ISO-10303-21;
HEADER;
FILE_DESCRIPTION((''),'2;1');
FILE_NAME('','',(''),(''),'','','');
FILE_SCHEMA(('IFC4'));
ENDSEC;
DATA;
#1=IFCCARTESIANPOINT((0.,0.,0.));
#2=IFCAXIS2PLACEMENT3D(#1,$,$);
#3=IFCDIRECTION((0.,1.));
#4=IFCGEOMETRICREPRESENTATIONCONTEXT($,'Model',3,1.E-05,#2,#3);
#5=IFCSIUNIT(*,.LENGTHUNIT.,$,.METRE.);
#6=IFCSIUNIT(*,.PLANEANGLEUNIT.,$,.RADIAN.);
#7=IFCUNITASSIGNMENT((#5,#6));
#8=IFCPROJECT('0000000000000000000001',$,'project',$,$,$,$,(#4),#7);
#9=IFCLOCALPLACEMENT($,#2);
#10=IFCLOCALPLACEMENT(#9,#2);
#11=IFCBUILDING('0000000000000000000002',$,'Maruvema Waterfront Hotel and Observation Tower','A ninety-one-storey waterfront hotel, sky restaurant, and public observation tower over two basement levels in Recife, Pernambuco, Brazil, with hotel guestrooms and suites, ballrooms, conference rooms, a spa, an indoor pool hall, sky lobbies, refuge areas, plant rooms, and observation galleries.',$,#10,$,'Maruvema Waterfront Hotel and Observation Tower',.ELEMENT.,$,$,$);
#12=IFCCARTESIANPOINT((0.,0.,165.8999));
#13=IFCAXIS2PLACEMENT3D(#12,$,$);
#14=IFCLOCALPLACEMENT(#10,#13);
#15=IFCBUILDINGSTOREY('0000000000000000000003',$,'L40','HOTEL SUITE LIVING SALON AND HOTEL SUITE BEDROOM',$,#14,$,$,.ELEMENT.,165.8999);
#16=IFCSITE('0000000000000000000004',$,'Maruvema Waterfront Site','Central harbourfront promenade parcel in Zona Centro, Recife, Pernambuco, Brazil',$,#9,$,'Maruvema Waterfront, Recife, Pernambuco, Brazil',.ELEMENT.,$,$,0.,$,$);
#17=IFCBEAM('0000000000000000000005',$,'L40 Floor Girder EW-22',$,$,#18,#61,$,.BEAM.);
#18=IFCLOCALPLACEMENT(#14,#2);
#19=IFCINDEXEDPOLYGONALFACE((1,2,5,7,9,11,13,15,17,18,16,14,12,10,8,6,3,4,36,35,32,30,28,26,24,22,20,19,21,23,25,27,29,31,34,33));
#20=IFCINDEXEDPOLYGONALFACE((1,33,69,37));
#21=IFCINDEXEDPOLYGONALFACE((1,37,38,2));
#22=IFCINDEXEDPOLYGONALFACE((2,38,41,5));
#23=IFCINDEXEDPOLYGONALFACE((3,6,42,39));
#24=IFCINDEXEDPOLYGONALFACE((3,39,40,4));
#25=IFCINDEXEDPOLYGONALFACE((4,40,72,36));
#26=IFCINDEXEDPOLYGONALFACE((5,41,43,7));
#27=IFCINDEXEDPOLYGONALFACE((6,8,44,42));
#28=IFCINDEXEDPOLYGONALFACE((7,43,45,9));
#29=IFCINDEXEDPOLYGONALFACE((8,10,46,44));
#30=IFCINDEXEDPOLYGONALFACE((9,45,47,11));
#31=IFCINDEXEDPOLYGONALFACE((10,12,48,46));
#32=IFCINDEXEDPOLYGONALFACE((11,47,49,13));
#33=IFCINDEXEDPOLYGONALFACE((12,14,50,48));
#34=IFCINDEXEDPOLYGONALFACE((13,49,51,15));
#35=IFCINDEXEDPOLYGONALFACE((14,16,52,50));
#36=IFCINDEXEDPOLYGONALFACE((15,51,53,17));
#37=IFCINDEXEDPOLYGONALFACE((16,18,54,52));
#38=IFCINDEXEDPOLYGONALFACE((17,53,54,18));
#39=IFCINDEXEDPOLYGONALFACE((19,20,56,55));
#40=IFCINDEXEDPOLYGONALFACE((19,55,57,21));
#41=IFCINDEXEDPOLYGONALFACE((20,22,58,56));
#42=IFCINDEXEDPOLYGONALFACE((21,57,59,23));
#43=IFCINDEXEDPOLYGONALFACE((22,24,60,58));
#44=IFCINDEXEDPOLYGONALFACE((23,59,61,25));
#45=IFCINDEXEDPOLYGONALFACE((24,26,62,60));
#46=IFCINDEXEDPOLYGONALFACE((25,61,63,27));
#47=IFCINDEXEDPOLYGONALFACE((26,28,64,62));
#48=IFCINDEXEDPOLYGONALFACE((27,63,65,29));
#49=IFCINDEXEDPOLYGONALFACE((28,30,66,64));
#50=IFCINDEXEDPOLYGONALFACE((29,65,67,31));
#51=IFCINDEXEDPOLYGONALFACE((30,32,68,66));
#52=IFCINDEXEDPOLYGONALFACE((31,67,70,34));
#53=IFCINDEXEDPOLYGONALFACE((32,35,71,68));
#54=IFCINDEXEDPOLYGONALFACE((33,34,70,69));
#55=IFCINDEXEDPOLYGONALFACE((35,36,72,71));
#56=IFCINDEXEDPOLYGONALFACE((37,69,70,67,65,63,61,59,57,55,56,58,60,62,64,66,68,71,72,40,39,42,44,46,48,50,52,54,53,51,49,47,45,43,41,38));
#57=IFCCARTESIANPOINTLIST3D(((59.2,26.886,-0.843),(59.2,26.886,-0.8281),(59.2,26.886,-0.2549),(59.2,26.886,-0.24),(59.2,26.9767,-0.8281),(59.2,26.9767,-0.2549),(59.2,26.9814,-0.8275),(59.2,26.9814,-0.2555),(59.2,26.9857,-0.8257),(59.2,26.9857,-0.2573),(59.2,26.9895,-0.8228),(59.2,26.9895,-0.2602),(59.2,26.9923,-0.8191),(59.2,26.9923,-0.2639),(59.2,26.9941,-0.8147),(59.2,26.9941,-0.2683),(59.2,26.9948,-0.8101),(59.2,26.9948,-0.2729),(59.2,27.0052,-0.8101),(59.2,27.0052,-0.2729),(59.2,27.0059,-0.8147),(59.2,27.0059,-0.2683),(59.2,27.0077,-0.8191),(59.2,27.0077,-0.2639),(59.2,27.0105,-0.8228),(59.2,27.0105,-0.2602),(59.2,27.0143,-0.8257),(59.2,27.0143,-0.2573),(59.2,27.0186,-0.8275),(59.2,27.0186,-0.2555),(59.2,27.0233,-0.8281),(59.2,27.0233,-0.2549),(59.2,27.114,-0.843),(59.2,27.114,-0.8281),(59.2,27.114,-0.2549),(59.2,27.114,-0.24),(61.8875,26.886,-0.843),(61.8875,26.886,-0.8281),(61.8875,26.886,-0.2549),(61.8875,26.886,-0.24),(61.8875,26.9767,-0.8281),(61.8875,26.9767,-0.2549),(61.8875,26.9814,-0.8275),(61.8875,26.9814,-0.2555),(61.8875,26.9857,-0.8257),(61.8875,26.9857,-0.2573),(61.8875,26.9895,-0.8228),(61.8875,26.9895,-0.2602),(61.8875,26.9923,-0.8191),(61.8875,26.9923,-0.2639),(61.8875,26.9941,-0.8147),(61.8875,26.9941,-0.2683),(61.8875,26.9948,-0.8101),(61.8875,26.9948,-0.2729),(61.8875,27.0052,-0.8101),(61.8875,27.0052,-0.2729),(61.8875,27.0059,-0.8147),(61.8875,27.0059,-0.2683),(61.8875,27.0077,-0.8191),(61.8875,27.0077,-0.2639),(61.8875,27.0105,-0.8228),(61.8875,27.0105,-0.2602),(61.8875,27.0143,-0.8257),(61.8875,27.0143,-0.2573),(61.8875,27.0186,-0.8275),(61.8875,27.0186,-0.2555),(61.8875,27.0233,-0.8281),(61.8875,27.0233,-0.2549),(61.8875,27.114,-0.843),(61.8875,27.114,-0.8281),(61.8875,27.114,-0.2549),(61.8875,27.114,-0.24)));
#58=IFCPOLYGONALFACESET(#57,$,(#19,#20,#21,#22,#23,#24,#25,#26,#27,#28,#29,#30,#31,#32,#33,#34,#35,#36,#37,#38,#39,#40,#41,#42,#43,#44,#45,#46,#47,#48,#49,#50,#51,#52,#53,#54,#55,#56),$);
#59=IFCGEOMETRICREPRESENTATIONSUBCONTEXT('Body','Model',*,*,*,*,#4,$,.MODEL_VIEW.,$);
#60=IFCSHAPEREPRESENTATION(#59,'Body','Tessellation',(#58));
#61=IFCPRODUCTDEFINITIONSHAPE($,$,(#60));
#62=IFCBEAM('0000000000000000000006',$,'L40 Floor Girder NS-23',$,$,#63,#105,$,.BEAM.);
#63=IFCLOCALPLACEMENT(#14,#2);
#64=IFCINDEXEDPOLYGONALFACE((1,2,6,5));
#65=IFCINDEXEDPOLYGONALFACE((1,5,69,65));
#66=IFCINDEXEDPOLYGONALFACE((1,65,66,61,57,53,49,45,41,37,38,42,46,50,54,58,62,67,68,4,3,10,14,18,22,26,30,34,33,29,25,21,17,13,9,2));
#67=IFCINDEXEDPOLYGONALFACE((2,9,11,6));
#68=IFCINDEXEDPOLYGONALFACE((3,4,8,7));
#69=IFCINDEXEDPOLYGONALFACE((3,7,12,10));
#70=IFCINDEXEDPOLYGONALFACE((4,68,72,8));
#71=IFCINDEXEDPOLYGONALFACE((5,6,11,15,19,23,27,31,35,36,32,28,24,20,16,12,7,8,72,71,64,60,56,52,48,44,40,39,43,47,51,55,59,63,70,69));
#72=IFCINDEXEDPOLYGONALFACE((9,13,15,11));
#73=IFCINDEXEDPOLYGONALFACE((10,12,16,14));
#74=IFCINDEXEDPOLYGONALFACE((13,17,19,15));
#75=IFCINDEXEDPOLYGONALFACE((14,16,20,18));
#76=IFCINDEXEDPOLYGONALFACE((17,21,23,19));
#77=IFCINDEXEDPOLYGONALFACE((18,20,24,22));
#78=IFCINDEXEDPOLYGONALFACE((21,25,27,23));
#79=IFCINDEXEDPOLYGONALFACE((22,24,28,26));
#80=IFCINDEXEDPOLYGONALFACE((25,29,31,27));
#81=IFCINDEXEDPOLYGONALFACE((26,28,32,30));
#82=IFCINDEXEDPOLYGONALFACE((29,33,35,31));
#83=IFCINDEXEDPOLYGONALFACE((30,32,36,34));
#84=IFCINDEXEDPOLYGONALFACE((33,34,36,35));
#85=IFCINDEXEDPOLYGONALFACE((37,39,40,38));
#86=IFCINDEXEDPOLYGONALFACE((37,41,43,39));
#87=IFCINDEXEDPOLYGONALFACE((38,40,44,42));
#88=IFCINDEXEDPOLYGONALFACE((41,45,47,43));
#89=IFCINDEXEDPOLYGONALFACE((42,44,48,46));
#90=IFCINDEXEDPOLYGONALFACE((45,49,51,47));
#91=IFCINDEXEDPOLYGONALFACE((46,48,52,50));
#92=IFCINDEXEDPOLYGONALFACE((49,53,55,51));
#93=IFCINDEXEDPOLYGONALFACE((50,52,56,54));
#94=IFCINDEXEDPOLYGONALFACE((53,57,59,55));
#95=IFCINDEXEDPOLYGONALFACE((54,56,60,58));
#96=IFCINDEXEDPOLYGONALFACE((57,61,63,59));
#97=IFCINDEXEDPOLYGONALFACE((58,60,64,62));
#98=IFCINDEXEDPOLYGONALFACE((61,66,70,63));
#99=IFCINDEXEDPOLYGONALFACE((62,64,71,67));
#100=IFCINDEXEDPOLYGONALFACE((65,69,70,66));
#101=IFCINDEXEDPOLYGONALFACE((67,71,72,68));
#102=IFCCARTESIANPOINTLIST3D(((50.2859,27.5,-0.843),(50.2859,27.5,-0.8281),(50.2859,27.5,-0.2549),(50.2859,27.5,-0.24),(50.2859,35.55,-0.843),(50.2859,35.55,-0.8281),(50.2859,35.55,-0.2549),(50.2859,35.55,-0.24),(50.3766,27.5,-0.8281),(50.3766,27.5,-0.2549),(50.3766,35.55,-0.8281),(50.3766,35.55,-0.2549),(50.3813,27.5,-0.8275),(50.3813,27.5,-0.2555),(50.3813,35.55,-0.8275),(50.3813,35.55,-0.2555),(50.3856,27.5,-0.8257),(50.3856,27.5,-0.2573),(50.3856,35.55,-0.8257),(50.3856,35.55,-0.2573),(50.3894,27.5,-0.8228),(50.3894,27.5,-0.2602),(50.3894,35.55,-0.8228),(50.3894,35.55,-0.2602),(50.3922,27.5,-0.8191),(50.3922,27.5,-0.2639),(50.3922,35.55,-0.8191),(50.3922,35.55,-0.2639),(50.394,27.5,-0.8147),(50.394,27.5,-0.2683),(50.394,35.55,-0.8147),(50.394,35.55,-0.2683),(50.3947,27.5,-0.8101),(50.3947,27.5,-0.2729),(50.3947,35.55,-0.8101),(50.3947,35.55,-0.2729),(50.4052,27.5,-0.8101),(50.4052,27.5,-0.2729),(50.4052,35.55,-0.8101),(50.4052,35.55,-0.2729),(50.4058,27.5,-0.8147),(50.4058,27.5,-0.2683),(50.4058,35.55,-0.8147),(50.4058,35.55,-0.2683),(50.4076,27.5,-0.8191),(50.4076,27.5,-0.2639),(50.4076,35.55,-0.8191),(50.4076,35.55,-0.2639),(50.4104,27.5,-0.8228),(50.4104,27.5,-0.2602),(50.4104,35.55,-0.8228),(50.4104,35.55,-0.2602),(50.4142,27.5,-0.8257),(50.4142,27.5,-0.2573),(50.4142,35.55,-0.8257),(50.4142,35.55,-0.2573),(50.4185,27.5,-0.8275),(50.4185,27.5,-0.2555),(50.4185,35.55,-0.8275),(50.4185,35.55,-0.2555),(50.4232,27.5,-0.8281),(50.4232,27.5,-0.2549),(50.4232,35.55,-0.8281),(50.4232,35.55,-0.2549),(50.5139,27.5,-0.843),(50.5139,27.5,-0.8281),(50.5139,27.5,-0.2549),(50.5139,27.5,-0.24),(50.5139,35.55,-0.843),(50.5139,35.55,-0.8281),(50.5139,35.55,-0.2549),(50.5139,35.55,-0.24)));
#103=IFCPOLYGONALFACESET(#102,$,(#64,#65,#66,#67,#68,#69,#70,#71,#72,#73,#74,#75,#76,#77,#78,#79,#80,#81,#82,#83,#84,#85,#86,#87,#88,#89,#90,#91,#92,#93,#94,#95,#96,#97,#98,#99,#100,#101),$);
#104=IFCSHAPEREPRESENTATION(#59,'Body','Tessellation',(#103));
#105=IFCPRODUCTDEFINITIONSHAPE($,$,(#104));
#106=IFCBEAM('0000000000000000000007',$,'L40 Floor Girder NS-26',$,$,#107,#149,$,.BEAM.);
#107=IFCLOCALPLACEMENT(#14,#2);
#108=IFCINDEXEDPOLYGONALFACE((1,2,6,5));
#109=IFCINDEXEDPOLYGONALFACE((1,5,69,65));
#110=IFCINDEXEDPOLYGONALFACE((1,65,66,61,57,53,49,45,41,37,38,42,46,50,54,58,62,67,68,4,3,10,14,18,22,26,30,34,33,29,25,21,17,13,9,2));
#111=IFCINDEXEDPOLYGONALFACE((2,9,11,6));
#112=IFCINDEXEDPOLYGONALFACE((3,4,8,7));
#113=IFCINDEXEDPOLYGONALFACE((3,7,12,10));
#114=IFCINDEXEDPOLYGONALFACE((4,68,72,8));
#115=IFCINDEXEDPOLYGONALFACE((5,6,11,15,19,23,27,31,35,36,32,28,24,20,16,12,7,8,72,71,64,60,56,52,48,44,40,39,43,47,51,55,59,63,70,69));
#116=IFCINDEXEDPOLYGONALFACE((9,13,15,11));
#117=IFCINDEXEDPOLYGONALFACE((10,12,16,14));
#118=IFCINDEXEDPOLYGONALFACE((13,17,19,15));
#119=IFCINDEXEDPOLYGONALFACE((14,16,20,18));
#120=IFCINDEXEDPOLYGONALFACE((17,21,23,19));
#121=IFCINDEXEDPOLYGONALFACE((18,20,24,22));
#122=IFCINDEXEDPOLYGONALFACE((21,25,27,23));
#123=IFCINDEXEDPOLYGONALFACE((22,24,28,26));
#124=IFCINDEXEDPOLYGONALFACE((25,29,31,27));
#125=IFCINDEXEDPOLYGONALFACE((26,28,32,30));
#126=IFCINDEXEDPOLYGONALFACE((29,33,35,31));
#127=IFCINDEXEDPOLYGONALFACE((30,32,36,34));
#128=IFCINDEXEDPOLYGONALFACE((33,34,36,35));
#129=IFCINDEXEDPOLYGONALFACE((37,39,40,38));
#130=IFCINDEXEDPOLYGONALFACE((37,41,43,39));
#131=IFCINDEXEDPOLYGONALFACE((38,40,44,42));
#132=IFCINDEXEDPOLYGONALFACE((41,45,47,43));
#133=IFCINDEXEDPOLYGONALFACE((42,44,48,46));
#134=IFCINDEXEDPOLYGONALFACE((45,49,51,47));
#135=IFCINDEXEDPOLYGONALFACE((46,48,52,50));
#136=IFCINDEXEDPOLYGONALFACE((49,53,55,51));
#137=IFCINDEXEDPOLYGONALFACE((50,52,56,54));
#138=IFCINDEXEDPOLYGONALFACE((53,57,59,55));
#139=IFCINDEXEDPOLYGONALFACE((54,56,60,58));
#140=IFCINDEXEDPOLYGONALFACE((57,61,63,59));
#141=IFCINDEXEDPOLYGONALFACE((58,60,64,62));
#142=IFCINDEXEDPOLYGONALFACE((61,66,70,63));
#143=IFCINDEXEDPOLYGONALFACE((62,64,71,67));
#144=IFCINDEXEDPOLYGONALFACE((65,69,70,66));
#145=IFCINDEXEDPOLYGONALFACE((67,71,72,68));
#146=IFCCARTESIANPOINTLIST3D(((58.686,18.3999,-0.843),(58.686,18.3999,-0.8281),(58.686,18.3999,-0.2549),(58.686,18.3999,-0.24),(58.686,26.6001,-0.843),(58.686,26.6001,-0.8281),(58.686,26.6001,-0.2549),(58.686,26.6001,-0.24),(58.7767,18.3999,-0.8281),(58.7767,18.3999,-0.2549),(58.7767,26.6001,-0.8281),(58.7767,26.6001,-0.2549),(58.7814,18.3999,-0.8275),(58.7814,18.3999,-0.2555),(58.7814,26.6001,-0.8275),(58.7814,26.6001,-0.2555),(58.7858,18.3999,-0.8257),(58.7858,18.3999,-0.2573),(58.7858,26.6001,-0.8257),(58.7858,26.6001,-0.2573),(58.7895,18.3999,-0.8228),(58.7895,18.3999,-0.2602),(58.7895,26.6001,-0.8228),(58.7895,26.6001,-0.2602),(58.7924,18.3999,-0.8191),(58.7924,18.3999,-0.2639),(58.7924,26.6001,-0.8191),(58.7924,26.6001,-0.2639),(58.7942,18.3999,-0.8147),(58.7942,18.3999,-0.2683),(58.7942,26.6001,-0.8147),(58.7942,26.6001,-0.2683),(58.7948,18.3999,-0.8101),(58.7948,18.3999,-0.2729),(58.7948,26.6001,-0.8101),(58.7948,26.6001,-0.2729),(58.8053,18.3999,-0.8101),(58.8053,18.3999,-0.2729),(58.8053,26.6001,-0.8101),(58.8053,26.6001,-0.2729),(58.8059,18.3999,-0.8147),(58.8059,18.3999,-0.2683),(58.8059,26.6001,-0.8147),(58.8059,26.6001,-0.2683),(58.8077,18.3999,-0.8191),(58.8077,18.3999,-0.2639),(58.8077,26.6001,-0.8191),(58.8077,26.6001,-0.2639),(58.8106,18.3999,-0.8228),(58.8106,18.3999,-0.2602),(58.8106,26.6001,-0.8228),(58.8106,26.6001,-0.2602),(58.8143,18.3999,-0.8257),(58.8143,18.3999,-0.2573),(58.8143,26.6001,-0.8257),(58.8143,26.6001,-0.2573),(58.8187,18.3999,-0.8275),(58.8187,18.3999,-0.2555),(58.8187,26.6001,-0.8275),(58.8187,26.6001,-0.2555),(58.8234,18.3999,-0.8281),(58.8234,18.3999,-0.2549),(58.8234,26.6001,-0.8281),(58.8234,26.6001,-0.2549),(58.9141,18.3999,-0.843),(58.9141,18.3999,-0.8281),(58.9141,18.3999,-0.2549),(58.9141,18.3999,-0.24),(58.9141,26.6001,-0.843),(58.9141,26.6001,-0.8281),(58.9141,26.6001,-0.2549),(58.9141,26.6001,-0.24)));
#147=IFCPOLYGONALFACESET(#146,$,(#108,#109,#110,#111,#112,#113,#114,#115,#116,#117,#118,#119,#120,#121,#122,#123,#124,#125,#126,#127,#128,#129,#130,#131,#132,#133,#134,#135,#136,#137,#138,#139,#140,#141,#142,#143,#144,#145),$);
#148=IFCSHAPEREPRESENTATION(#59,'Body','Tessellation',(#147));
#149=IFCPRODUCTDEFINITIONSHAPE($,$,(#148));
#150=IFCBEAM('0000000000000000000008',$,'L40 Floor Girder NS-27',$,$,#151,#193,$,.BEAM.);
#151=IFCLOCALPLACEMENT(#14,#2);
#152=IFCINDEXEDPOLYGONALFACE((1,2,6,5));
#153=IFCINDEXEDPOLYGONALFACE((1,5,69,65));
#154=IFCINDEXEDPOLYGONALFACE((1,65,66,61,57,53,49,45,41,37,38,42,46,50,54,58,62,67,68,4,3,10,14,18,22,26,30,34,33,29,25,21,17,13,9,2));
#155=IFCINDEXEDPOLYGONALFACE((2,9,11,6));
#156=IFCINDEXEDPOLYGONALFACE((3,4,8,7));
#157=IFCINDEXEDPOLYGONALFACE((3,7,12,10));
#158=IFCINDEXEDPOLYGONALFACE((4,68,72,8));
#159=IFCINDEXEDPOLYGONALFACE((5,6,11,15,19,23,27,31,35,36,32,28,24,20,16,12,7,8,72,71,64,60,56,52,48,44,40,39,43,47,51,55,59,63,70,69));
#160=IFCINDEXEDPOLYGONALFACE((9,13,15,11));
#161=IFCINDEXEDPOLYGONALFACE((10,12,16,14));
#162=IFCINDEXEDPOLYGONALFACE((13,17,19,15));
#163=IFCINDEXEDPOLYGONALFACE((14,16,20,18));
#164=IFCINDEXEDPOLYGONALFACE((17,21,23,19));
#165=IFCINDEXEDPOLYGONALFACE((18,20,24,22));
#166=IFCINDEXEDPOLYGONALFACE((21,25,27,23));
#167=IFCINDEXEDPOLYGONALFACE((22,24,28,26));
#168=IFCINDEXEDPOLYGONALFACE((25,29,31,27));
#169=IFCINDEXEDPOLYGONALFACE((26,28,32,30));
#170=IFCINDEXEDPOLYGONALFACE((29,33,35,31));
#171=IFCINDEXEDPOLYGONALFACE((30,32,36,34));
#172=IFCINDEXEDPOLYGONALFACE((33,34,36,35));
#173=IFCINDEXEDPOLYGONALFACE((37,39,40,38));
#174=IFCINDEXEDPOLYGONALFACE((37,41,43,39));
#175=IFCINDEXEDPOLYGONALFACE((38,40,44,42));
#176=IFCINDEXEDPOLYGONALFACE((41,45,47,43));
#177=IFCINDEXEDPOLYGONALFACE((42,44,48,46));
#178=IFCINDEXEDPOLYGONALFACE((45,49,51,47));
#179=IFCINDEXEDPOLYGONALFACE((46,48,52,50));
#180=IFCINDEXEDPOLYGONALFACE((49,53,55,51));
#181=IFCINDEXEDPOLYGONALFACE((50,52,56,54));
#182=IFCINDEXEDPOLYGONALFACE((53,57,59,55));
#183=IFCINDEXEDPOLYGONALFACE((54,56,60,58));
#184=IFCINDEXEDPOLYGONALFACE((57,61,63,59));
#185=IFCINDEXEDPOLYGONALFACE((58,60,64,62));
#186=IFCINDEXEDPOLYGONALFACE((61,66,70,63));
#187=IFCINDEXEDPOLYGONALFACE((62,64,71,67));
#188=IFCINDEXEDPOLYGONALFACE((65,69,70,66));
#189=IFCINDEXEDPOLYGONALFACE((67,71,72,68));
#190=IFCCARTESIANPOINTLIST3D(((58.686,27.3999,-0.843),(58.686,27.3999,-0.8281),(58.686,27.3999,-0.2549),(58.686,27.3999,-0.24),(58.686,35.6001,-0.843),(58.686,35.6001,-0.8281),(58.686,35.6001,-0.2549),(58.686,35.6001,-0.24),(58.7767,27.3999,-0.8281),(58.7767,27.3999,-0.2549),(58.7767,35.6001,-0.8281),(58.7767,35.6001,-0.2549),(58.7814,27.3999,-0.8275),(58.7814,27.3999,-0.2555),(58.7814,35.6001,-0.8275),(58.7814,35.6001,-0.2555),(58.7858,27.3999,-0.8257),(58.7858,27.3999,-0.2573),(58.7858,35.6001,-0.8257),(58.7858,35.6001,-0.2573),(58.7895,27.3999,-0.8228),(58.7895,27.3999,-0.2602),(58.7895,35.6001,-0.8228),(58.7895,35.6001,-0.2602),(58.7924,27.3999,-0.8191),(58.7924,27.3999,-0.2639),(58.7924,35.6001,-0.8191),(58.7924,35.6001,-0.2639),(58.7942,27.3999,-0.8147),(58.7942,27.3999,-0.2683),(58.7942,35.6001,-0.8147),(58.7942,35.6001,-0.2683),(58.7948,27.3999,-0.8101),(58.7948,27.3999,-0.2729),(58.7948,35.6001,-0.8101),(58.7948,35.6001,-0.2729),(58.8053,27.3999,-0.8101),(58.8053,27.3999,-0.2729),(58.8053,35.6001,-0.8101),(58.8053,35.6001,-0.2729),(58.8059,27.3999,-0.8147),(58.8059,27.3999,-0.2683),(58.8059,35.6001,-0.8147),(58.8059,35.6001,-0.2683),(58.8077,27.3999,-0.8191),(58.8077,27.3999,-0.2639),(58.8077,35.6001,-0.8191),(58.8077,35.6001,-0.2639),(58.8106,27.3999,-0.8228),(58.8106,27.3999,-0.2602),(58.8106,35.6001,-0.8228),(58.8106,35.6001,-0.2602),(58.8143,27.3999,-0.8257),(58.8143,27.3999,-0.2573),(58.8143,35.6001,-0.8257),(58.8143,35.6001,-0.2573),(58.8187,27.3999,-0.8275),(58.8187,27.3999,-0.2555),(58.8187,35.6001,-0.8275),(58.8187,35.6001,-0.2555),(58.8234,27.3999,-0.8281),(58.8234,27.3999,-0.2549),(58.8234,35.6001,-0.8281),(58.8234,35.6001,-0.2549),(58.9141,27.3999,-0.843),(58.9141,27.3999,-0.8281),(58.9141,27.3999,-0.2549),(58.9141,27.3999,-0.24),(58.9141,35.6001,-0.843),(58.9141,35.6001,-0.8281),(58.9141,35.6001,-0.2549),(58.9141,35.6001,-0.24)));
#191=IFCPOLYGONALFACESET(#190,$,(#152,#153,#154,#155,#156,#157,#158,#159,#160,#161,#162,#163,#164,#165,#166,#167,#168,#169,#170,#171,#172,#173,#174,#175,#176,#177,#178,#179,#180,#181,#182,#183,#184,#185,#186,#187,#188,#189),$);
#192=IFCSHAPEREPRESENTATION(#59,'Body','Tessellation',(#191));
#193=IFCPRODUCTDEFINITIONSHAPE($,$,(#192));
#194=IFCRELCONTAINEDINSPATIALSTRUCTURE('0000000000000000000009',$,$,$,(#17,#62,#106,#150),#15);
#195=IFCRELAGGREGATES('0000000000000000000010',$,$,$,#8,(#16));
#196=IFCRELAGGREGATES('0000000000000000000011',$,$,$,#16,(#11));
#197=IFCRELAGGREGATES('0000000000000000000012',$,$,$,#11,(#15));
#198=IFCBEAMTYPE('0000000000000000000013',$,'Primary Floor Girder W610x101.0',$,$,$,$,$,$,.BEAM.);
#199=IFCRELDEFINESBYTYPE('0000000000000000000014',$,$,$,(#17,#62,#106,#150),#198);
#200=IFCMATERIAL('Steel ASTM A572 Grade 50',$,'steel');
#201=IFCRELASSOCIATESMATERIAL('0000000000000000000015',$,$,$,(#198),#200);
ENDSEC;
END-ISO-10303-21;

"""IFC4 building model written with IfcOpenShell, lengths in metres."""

from ifc_helpers import new_model, si_unit, direction, frame, origin, origin_2d, place, context, subcontext, project, spatial, i_section, extrude, material, material_profile, profile_set, type_object, element, save


model = new_model("IFC4")

# Units and contexts
model_context = context("Model", 3, precision=1e-05, world=origin(), true_north=direction((0.0, 1.0)))
body_context = subcontext(model_context, "Body", "Model", "MODEL_VIEW")
ifc_project = project(units=[si_unit("LENGTHUNIT", "METRE"), si_unit("PLANEANGLEUNIT", "RADIAN")], contexts=[model_context])

# Site, building, storey
site_placement = place(None, origin())
site = spatial("IfcSite", under=ifc_project, at=site_placement, Name="Maruvema Waterfront Site", Description="Central harbourfront promenade parcel in Zona Centro, Recife, Pernambuco, Brazil", LongName="Maruvema Waterfront, Recife, Pernambuco, Brazil", CompositionType="ELEMENT", RefElevation=0.0)
building_placement = place(site_placement, origin())
building = spatial("IfcBuilding", under=site, at=building_placement, Name="Maruvema Waterfront Hotel and Observation Tower", Description="A ninety-one-storey waterfront hotel, sky restaurant, and public observation tower over two basement levels in Recife, Pernambuco, Brazil, with hotel guestrooms and suites, ballrooms, conference rooms, a spa, an indoor pool hall, sky lobbies, refuge areas, plant rooms, and observation galleries.", LongName="Maruvema Waterfront Hotel and Observation Tower", CompositionType="ELEMENT")
storey_placement = place(building_placement, frame((0.0, 0.0, 165.8999)))
storey = spatial("IfcBuildingStorey", under=building, at=storey_placement, Name="L40", Description="HOTEL SUITE LIVING SALON AND HOTEL SUITE BEDROOM", CompositionType="ELEMENT", Elevation=165.8999)

# Beams
ifc_material_1 = material(Name="Steel ASTM A572 Grade 50", Category="steel")
ifc_material_profile_1 = material_profile(ifc_material_1, i_section(OverallWidth=0.228, OverallDepth=0.603, WebThickness=0.0105, FlangeThickness=0.0149, FilletRadius=0.0181, at=origin_2d()), Name="W610x101.0")
ifc_profile_set_1 = profile_set([ifc_material_profile_1], Name="Steel ASTM A572 Grade 50")
beam_type_1 = type_object("IfcBeamType", Name="Primary Floor Girder W610x101.0", PredefinedType="BEAM", material=ifc_profile_set_1)
beam_1_placement = place(storey_placement, frame((59.2, 27.0, -0.5415), z_axis=(1.0, 0.0, 0.0), x_axis=(0.0, 1.0, 0.0)))
element("IfcBeam", 1, at=beam_1_placement, inside=storey, type_object=beam_type_1, Name="L40 Floor Girder EW-22", PredefinedType="BEAM", context=body_context, shape_type="SweptSolid", body=[
    extrude(i_section(OverallWidth=0.228, OverallDepth=0.603, WebThickness=0.0105, FlangeThickness=0.0149, FilletRadius=0.0181, at=origin_2d()), origin(), (0.0, 0.0, 1.0), 2.6875),
])
beam_2_placement = place(storey_placement, frame((50.3999, 27.5, -0.5415), z_axis=(0.0, 1.0, 0.0), x_axis=(-1.0, 0.0, 0.0)))
element("IfcBeam", 2, at=beam_2_placement, inside=storey, type_object=beam_type_1, Name="L40 Floor Girder NS-23", PredefinedType="BEAM", context=body_context, shape_type="SweptSolid", body=[
    extrude(i_section(OverallWidth=0.228, OverallDepth=0.603, WebThickness=0.0105, FlangeThickness=0.0149, FilletRadius=0.0181, at=origin_2d()), origin(), (0.0, 0.0, 1.0), 8.05),
])
for number, where, z_axis, x_axis, name in (
    (3, (58.8, 18.3999, -0.5415), (0.0, 1.0, 0.0), (-1.0, 0.0, 0.0), "L40 Floor Girder NS-26"),
    (4, (58.8, 27.3999, -0.5415), (0.0, 1.0, 0.0), (-1.0, 0.0, 0.0), "L40 Floor Girder NS-27"),
):
    element("IfcBeam", number, at=place(storey_placement, frame(where, z_axis=z_axis, x_axis=x_axis)), inside=storey, type_object=beam_type_1, Name=name, PredefinedType="BEAM", context=body_context, shape_type="SweptSolid", body=[
        extrude(i_section(OverallWidth=0.228, OverallDepth=0.603, WebThickness=0.0105, FlangeThickness=0.0149, FilletRadius=0.0181, at=origin_2d()), origin(), (0.0, 0.0, 1.0), 8.2002),
    ])

save(model, "model.ifc")
